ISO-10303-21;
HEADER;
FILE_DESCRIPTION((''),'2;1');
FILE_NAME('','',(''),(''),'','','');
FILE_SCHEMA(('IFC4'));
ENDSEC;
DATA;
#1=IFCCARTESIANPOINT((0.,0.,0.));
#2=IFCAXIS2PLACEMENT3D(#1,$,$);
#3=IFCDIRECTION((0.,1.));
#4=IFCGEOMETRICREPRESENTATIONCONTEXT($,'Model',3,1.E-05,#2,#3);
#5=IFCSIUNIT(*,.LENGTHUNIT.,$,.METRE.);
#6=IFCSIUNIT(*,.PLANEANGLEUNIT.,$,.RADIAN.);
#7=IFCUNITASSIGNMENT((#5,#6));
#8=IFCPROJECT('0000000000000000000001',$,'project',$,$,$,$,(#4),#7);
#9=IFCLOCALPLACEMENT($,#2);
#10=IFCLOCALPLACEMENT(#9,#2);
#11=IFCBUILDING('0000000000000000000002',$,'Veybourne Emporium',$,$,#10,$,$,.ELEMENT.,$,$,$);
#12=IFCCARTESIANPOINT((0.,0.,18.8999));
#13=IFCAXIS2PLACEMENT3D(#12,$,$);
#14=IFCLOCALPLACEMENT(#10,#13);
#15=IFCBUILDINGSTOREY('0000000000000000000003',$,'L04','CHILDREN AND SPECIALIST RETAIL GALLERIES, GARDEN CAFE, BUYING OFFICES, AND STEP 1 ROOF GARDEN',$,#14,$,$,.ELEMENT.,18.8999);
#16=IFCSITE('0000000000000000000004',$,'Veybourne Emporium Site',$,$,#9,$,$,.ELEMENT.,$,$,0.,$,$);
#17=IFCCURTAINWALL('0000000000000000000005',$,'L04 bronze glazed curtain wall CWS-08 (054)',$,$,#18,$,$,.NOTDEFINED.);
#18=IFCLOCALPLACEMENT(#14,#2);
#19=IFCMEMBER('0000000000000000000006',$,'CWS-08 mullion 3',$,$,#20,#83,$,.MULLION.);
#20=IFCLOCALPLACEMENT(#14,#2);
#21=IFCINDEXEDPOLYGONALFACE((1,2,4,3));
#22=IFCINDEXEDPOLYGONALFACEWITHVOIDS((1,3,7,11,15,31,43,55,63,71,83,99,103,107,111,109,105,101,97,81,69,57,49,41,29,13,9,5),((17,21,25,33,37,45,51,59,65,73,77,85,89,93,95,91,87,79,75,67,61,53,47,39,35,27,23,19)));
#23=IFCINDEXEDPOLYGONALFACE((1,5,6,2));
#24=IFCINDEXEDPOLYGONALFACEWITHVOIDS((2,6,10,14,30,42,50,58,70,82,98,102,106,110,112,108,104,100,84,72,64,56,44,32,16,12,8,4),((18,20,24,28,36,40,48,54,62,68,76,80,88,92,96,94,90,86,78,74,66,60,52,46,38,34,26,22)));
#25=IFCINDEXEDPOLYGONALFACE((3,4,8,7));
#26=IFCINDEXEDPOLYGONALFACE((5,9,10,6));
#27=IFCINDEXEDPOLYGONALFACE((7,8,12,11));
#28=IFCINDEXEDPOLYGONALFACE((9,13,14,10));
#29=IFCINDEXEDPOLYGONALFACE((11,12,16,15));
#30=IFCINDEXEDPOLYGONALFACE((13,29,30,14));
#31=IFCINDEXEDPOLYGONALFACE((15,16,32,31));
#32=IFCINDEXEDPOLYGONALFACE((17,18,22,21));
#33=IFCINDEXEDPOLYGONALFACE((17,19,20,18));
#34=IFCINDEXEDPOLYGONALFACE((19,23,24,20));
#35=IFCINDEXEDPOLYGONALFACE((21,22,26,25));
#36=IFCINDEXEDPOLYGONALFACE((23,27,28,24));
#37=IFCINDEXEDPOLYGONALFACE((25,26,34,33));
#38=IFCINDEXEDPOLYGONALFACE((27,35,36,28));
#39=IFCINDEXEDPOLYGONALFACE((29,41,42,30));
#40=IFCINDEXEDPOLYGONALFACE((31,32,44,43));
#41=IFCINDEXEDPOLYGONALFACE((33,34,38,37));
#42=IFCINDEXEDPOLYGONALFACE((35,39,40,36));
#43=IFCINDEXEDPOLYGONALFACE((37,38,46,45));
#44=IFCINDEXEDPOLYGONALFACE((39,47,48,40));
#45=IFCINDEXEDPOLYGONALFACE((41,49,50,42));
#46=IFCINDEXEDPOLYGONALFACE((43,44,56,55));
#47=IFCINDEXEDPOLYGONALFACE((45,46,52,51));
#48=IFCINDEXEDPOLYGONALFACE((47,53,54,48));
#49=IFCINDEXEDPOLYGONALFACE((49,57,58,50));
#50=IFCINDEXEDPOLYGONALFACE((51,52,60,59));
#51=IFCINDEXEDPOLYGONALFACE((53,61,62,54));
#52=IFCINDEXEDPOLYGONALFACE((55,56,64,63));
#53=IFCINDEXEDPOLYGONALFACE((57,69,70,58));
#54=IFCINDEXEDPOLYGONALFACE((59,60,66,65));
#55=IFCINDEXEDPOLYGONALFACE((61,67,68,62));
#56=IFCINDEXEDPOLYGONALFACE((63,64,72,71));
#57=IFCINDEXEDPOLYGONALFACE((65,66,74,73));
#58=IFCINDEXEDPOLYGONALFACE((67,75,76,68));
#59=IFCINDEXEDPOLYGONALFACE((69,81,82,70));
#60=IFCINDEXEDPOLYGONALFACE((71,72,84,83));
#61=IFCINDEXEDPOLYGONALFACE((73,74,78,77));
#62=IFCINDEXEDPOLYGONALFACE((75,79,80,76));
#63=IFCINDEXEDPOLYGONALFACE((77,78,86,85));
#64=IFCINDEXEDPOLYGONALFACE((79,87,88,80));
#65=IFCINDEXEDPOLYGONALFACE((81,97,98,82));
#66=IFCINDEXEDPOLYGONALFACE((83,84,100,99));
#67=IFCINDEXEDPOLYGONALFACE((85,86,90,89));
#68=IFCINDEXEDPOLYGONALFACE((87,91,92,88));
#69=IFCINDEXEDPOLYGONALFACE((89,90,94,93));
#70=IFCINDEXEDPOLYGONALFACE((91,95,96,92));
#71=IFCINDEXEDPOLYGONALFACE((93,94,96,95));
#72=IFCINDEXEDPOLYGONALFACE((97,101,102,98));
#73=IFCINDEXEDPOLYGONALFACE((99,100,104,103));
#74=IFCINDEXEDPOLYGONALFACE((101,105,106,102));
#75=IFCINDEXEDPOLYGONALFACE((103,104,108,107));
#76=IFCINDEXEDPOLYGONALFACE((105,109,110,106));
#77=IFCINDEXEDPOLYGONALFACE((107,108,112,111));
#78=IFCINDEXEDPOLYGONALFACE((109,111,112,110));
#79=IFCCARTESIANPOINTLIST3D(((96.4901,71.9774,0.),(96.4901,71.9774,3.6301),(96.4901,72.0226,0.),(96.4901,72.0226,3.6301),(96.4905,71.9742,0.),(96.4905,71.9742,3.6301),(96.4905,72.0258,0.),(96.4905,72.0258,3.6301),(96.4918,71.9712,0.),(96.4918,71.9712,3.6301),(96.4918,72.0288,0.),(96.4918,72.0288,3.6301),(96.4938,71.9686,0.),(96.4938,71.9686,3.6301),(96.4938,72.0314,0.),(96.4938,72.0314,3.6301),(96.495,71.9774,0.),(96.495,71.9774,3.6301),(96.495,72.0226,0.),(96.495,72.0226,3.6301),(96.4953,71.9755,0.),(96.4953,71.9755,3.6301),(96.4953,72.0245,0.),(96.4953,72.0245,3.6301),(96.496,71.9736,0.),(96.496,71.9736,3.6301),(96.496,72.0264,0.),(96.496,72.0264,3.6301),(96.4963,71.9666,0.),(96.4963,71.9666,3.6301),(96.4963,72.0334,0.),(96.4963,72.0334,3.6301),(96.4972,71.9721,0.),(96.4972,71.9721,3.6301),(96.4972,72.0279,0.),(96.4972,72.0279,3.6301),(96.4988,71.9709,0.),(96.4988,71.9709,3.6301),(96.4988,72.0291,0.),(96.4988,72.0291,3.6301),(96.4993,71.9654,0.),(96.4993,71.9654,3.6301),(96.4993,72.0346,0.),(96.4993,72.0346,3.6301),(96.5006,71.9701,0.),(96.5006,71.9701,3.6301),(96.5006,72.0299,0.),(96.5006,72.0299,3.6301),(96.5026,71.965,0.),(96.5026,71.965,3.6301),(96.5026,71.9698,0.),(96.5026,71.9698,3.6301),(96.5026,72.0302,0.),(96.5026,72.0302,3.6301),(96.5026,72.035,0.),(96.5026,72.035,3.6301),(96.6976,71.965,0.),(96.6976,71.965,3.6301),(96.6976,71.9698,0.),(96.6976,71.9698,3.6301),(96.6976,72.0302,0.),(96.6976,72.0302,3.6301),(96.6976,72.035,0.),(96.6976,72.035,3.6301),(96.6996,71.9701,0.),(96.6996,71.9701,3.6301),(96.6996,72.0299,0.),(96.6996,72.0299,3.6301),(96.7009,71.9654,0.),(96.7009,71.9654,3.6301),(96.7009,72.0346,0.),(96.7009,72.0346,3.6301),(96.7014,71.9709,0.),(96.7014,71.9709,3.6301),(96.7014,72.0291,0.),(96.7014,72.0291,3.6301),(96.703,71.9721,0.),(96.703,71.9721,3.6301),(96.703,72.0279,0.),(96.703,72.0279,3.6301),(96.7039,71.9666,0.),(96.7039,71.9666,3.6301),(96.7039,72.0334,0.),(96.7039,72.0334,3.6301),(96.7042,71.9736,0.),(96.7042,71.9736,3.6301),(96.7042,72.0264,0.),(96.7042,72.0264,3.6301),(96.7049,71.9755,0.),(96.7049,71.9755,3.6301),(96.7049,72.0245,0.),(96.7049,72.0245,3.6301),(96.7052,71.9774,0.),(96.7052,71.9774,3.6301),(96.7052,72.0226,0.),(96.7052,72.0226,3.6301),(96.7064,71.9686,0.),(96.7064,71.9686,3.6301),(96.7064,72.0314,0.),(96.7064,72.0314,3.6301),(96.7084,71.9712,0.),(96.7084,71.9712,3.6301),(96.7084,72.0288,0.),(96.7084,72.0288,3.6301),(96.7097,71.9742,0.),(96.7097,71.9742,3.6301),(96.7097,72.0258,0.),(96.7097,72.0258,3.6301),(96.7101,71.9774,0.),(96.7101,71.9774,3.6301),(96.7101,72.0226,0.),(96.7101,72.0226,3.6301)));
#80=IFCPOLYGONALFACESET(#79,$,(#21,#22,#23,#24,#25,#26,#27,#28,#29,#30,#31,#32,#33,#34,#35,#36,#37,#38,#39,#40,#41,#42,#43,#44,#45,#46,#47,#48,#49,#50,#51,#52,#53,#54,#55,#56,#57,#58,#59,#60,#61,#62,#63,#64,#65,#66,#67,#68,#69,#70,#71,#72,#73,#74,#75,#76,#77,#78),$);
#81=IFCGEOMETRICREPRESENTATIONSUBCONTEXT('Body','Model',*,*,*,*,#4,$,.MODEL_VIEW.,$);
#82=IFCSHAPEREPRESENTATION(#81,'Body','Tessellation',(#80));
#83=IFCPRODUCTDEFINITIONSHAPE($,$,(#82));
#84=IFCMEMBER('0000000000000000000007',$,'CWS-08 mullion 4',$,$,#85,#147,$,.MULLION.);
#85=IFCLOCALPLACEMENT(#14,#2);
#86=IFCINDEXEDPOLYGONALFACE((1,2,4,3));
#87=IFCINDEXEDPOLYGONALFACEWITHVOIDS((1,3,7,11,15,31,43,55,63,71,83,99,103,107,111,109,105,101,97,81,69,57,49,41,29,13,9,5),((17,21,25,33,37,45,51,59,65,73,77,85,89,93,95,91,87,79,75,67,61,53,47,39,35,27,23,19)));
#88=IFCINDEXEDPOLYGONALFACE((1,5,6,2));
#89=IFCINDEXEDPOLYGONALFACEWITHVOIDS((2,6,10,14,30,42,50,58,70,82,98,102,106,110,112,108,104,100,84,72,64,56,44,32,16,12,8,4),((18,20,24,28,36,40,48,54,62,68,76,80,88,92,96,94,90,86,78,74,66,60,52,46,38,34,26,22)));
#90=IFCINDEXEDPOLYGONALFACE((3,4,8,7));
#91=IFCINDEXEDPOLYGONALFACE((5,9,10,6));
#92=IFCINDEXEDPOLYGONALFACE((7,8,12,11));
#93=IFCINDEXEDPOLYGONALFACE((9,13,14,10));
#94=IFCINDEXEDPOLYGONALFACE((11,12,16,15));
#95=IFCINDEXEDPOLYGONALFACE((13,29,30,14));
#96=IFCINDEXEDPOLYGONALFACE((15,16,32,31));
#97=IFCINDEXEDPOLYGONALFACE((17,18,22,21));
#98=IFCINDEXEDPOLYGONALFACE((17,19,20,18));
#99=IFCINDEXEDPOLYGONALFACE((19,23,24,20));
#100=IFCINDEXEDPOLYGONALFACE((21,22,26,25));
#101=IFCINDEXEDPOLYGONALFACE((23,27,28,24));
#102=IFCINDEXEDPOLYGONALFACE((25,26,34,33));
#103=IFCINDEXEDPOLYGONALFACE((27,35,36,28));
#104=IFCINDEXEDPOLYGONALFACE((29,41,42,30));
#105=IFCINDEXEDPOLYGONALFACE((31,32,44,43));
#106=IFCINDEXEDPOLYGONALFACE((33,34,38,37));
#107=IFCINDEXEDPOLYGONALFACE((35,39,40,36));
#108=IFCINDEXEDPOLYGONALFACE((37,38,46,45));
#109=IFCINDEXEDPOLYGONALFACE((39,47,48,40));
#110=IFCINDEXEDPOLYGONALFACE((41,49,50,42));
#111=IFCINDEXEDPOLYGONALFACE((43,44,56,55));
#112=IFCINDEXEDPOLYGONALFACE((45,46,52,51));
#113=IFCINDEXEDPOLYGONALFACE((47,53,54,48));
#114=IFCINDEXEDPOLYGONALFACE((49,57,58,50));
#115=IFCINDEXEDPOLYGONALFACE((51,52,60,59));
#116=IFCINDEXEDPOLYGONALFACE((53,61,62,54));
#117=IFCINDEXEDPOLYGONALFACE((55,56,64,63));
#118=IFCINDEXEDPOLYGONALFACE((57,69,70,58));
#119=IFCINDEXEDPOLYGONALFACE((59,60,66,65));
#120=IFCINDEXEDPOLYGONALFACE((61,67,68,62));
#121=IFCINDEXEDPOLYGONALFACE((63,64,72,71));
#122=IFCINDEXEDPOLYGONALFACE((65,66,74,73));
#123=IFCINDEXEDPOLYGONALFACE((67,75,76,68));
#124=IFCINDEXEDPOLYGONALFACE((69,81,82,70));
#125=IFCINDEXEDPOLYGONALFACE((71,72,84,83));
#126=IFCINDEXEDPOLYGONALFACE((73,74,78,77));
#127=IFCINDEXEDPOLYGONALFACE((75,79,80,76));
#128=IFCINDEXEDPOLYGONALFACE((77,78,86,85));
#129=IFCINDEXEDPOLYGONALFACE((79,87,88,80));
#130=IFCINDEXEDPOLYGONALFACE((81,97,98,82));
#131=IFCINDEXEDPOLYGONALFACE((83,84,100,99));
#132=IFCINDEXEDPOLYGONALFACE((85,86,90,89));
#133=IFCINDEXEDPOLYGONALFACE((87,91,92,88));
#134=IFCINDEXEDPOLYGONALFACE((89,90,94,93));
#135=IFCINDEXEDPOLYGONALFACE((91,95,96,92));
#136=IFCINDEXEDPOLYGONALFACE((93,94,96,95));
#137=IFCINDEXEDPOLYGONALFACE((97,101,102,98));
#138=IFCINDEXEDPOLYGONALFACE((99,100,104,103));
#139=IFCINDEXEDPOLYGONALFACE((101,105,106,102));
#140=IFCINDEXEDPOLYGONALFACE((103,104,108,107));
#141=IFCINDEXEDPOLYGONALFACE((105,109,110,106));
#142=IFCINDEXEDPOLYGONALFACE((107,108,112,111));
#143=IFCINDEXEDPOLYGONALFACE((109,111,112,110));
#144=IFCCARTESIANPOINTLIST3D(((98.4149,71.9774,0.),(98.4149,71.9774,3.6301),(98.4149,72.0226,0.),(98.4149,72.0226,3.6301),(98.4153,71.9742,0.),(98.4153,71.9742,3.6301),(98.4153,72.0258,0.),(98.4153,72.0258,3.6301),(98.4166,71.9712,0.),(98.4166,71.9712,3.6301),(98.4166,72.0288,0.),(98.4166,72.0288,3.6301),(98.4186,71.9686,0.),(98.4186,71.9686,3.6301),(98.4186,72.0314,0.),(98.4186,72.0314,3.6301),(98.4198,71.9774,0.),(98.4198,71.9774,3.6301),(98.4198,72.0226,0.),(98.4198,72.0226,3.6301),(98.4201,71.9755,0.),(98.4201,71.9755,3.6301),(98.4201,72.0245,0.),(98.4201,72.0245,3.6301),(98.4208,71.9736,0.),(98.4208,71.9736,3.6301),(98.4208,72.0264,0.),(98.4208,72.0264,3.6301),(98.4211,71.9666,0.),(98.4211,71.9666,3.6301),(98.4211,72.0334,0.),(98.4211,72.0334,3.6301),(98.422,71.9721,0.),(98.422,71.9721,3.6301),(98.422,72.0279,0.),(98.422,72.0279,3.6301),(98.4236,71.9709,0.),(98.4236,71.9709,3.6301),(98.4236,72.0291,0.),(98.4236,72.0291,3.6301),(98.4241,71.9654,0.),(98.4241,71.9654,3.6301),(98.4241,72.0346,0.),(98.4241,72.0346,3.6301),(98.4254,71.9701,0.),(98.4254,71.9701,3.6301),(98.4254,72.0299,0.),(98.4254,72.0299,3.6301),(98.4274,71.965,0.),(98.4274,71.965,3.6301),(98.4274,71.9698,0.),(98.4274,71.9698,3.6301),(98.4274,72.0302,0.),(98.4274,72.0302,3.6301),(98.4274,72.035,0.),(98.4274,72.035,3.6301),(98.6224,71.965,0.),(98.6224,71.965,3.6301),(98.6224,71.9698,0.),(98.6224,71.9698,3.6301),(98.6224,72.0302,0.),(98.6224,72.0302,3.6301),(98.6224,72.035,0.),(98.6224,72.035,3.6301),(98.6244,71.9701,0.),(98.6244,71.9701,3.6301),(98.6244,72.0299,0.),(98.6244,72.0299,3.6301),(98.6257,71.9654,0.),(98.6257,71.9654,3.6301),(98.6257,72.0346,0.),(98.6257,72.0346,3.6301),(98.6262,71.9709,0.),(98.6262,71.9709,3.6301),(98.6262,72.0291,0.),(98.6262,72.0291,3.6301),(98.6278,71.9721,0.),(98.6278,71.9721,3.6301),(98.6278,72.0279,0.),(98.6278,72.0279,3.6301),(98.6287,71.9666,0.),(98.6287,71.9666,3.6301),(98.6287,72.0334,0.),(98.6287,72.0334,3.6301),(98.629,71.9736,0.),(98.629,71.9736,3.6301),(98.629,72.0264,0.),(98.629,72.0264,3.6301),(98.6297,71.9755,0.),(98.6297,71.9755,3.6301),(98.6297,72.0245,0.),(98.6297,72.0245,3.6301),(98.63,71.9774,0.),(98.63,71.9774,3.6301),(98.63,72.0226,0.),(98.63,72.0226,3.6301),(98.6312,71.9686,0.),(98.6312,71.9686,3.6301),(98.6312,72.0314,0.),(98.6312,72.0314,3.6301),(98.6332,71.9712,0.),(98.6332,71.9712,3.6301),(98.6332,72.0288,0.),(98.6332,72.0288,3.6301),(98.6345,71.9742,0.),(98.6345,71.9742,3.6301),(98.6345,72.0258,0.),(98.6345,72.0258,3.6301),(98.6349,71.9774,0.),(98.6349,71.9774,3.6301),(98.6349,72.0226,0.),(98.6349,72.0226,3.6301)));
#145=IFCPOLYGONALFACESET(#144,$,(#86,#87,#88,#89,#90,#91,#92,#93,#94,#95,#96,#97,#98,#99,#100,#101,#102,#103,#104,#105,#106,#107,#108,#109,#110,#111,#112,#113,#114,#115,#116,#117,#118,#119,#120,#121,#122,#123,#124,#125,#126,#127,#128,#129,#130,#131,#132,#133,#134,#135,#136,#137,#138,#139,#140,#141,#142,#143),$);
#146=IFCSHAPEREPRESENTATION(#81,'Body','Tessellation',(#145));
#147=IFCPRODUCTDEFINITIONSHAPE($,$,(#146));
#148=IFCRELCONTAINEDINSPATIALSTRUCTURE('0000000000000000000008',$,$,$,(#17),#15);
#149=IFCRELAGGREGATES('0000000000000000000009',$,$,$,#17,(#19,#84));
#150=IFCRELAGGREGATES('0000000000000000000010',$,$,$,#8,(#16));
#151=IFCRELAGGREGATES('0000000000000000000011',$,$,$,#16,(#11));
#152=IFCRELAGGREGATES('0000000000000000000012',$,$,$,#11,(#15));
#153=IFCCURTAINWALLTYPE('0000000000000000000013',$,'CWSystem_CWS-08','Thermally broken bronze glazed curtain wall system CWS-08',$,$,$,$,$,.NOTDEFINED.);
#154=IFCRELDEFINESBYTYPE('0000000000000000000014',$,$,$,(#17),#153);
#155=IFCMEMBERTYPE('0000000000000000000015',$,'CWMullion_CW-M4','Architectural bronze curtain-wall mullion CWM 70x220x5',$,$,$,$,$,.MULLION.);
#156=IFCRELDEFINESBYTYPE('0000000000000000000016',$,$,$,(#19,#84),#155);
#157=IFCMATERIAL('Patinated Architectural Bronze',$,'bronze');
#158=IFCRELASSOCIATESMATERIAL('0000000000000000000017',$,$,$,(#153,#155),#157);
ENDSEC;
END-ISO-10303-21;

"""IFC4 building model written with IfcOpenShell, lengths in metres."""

from ifc_helpers import new_model, si_unit, direction, frame, origin, origin_2d, place, context, subcontext, project, spatial, hollow_rectangle, extrude, material, material_profile, profile_set, type_object, element, aggregate, save


model = new_model("IFC4")

# Units and contexts
model_context = context("Model", 3, precision=1e-05, world=origin(), true_north=direction((0.0, 1.0)))
body_context = subcontext(model_context, "Body", "Model", "MODEL_VIEW")
ifc_project = project(units=[si_unit("LENGTHUNIT", "METRE"), si_unit("PLANEANGLEUNIT", "RADIAN")], contexts=[model_context])

# Site, building, storey
site_placement = place(None, origin())
site = spatial("IfcSite", under=ifc_project, at=site_placement, Name="Veybourne Emporium Site", CompositionType="ELEMENT", RefElevation=0.0)
building_placement = place(site_placement, origin())
building = spatial("IfcBuilding", under=site, at=building_placement, Name="Veybourne Emporium", CompositionType="ELEMENT")
storey_placement = place(building_placement, frame((0.0, 0.0, 18.8999)))
storey = spatial("IfcBuildingStorey", under=building, at=storey_placement, Name="L04", Description="CHILDREN AND SPECIALIST RETAIL GALLERIES, GARDEN CAFE, BUYING OFFICES, AND STEP 1 ROOF GARDEN", CompositionType="ELEMENT", Elevation=18.8999)

# Curtain wall, members
ifc_material_1 = material(Name="Patinated Architectural Bronze", Category="bronze")
curtain_wall_type = type_object("IfcCurtainWallType", Name="CWSystem_CWS-08", Description="Thermally broken bronze glazed curtain wall system CWS-08", PredefinedType="NOTDEFINED", material=ifc_material_1)
curtain_wall_placement = place(storey_placement, origin())
curtain_wall = element("IfcCurtainWall", 1, at=curtain_wall_placement, inside=storey, type_object=curtain_wall_type, Name="L04 bronze glazed curtain wall CWS-08 (054)", PredefinedType="NOTDEFINED")
ifc_material_profile_1 = material_profile(ifc_material_1, hollow_rectangle(XDim=0.0701, YDim=0.22, WallThickness=0.0049, InnerFilletRadius=0.0076, OuterFilletRadius=0.0125, at=origin_2d()), Name="CWM 70x220x5")
ifc_profile_set_1 = profile_set([ifc_material_profile_1], Name="Patinated Architectural Bronze")
member_type_1 = type_object("IfcMemberType", Name="CWMullion_CW-M4", Description="Architectural bronze curtain-wall mullion CWM 70x220x5", PredefinedType="MULLION", material=ifc_profile_set_1)
member_1_placement = place(storey_placement, frame((96.6001, 72.0, 0.0), z_axis=(0.0, 0.0, 1.0), x_axis=(0.0, 1.0, 0.0)))
member_1 = element("IfcMember", 2, at=member_1_placement, type_object=member_type_1, Name="CWS-08 mullion 3", PredefinedType="MULLION", context=body_context, shape_type="SweptSolid", body=[
    extrude(hollow_rectangle(XDim=0.0701, YDim=0.22, WallThickness=0.0049, InnerFilletRadius=0.0076, OuterFilletRadius=0.0125, at=origin_2d()), origin(), (0.0, 0.0, 1.0), 3.6301),
])
member_2_placement = place(storey_placement, frame((98.5249, 72.0, 0.0), z_axis=(0.0, 0.0, 1.0), x_axis=(0.0, 1.0, 0.0)))
member_2 = element("IfcMember", 3, at=member_2_placement, type_object=member_type_1, Name="CWS-08 mullion 4", PredefinedType="MULLION", context=body_context, shape_type="SweptSolid", body=[
    extrude(hollow_rectangle(XDim=0.0701, YDim=0.22, WallThickness=0.0049, InnerFilletRadius=0.0076, OuterFilletRadius=0.0125, at=origin_2d()), origin(), (0.0, 0.0, 1.0), 3.6301),
])
aggregate(curtain_wall, [member_1, member_2])

save(model, "model.ifc")
